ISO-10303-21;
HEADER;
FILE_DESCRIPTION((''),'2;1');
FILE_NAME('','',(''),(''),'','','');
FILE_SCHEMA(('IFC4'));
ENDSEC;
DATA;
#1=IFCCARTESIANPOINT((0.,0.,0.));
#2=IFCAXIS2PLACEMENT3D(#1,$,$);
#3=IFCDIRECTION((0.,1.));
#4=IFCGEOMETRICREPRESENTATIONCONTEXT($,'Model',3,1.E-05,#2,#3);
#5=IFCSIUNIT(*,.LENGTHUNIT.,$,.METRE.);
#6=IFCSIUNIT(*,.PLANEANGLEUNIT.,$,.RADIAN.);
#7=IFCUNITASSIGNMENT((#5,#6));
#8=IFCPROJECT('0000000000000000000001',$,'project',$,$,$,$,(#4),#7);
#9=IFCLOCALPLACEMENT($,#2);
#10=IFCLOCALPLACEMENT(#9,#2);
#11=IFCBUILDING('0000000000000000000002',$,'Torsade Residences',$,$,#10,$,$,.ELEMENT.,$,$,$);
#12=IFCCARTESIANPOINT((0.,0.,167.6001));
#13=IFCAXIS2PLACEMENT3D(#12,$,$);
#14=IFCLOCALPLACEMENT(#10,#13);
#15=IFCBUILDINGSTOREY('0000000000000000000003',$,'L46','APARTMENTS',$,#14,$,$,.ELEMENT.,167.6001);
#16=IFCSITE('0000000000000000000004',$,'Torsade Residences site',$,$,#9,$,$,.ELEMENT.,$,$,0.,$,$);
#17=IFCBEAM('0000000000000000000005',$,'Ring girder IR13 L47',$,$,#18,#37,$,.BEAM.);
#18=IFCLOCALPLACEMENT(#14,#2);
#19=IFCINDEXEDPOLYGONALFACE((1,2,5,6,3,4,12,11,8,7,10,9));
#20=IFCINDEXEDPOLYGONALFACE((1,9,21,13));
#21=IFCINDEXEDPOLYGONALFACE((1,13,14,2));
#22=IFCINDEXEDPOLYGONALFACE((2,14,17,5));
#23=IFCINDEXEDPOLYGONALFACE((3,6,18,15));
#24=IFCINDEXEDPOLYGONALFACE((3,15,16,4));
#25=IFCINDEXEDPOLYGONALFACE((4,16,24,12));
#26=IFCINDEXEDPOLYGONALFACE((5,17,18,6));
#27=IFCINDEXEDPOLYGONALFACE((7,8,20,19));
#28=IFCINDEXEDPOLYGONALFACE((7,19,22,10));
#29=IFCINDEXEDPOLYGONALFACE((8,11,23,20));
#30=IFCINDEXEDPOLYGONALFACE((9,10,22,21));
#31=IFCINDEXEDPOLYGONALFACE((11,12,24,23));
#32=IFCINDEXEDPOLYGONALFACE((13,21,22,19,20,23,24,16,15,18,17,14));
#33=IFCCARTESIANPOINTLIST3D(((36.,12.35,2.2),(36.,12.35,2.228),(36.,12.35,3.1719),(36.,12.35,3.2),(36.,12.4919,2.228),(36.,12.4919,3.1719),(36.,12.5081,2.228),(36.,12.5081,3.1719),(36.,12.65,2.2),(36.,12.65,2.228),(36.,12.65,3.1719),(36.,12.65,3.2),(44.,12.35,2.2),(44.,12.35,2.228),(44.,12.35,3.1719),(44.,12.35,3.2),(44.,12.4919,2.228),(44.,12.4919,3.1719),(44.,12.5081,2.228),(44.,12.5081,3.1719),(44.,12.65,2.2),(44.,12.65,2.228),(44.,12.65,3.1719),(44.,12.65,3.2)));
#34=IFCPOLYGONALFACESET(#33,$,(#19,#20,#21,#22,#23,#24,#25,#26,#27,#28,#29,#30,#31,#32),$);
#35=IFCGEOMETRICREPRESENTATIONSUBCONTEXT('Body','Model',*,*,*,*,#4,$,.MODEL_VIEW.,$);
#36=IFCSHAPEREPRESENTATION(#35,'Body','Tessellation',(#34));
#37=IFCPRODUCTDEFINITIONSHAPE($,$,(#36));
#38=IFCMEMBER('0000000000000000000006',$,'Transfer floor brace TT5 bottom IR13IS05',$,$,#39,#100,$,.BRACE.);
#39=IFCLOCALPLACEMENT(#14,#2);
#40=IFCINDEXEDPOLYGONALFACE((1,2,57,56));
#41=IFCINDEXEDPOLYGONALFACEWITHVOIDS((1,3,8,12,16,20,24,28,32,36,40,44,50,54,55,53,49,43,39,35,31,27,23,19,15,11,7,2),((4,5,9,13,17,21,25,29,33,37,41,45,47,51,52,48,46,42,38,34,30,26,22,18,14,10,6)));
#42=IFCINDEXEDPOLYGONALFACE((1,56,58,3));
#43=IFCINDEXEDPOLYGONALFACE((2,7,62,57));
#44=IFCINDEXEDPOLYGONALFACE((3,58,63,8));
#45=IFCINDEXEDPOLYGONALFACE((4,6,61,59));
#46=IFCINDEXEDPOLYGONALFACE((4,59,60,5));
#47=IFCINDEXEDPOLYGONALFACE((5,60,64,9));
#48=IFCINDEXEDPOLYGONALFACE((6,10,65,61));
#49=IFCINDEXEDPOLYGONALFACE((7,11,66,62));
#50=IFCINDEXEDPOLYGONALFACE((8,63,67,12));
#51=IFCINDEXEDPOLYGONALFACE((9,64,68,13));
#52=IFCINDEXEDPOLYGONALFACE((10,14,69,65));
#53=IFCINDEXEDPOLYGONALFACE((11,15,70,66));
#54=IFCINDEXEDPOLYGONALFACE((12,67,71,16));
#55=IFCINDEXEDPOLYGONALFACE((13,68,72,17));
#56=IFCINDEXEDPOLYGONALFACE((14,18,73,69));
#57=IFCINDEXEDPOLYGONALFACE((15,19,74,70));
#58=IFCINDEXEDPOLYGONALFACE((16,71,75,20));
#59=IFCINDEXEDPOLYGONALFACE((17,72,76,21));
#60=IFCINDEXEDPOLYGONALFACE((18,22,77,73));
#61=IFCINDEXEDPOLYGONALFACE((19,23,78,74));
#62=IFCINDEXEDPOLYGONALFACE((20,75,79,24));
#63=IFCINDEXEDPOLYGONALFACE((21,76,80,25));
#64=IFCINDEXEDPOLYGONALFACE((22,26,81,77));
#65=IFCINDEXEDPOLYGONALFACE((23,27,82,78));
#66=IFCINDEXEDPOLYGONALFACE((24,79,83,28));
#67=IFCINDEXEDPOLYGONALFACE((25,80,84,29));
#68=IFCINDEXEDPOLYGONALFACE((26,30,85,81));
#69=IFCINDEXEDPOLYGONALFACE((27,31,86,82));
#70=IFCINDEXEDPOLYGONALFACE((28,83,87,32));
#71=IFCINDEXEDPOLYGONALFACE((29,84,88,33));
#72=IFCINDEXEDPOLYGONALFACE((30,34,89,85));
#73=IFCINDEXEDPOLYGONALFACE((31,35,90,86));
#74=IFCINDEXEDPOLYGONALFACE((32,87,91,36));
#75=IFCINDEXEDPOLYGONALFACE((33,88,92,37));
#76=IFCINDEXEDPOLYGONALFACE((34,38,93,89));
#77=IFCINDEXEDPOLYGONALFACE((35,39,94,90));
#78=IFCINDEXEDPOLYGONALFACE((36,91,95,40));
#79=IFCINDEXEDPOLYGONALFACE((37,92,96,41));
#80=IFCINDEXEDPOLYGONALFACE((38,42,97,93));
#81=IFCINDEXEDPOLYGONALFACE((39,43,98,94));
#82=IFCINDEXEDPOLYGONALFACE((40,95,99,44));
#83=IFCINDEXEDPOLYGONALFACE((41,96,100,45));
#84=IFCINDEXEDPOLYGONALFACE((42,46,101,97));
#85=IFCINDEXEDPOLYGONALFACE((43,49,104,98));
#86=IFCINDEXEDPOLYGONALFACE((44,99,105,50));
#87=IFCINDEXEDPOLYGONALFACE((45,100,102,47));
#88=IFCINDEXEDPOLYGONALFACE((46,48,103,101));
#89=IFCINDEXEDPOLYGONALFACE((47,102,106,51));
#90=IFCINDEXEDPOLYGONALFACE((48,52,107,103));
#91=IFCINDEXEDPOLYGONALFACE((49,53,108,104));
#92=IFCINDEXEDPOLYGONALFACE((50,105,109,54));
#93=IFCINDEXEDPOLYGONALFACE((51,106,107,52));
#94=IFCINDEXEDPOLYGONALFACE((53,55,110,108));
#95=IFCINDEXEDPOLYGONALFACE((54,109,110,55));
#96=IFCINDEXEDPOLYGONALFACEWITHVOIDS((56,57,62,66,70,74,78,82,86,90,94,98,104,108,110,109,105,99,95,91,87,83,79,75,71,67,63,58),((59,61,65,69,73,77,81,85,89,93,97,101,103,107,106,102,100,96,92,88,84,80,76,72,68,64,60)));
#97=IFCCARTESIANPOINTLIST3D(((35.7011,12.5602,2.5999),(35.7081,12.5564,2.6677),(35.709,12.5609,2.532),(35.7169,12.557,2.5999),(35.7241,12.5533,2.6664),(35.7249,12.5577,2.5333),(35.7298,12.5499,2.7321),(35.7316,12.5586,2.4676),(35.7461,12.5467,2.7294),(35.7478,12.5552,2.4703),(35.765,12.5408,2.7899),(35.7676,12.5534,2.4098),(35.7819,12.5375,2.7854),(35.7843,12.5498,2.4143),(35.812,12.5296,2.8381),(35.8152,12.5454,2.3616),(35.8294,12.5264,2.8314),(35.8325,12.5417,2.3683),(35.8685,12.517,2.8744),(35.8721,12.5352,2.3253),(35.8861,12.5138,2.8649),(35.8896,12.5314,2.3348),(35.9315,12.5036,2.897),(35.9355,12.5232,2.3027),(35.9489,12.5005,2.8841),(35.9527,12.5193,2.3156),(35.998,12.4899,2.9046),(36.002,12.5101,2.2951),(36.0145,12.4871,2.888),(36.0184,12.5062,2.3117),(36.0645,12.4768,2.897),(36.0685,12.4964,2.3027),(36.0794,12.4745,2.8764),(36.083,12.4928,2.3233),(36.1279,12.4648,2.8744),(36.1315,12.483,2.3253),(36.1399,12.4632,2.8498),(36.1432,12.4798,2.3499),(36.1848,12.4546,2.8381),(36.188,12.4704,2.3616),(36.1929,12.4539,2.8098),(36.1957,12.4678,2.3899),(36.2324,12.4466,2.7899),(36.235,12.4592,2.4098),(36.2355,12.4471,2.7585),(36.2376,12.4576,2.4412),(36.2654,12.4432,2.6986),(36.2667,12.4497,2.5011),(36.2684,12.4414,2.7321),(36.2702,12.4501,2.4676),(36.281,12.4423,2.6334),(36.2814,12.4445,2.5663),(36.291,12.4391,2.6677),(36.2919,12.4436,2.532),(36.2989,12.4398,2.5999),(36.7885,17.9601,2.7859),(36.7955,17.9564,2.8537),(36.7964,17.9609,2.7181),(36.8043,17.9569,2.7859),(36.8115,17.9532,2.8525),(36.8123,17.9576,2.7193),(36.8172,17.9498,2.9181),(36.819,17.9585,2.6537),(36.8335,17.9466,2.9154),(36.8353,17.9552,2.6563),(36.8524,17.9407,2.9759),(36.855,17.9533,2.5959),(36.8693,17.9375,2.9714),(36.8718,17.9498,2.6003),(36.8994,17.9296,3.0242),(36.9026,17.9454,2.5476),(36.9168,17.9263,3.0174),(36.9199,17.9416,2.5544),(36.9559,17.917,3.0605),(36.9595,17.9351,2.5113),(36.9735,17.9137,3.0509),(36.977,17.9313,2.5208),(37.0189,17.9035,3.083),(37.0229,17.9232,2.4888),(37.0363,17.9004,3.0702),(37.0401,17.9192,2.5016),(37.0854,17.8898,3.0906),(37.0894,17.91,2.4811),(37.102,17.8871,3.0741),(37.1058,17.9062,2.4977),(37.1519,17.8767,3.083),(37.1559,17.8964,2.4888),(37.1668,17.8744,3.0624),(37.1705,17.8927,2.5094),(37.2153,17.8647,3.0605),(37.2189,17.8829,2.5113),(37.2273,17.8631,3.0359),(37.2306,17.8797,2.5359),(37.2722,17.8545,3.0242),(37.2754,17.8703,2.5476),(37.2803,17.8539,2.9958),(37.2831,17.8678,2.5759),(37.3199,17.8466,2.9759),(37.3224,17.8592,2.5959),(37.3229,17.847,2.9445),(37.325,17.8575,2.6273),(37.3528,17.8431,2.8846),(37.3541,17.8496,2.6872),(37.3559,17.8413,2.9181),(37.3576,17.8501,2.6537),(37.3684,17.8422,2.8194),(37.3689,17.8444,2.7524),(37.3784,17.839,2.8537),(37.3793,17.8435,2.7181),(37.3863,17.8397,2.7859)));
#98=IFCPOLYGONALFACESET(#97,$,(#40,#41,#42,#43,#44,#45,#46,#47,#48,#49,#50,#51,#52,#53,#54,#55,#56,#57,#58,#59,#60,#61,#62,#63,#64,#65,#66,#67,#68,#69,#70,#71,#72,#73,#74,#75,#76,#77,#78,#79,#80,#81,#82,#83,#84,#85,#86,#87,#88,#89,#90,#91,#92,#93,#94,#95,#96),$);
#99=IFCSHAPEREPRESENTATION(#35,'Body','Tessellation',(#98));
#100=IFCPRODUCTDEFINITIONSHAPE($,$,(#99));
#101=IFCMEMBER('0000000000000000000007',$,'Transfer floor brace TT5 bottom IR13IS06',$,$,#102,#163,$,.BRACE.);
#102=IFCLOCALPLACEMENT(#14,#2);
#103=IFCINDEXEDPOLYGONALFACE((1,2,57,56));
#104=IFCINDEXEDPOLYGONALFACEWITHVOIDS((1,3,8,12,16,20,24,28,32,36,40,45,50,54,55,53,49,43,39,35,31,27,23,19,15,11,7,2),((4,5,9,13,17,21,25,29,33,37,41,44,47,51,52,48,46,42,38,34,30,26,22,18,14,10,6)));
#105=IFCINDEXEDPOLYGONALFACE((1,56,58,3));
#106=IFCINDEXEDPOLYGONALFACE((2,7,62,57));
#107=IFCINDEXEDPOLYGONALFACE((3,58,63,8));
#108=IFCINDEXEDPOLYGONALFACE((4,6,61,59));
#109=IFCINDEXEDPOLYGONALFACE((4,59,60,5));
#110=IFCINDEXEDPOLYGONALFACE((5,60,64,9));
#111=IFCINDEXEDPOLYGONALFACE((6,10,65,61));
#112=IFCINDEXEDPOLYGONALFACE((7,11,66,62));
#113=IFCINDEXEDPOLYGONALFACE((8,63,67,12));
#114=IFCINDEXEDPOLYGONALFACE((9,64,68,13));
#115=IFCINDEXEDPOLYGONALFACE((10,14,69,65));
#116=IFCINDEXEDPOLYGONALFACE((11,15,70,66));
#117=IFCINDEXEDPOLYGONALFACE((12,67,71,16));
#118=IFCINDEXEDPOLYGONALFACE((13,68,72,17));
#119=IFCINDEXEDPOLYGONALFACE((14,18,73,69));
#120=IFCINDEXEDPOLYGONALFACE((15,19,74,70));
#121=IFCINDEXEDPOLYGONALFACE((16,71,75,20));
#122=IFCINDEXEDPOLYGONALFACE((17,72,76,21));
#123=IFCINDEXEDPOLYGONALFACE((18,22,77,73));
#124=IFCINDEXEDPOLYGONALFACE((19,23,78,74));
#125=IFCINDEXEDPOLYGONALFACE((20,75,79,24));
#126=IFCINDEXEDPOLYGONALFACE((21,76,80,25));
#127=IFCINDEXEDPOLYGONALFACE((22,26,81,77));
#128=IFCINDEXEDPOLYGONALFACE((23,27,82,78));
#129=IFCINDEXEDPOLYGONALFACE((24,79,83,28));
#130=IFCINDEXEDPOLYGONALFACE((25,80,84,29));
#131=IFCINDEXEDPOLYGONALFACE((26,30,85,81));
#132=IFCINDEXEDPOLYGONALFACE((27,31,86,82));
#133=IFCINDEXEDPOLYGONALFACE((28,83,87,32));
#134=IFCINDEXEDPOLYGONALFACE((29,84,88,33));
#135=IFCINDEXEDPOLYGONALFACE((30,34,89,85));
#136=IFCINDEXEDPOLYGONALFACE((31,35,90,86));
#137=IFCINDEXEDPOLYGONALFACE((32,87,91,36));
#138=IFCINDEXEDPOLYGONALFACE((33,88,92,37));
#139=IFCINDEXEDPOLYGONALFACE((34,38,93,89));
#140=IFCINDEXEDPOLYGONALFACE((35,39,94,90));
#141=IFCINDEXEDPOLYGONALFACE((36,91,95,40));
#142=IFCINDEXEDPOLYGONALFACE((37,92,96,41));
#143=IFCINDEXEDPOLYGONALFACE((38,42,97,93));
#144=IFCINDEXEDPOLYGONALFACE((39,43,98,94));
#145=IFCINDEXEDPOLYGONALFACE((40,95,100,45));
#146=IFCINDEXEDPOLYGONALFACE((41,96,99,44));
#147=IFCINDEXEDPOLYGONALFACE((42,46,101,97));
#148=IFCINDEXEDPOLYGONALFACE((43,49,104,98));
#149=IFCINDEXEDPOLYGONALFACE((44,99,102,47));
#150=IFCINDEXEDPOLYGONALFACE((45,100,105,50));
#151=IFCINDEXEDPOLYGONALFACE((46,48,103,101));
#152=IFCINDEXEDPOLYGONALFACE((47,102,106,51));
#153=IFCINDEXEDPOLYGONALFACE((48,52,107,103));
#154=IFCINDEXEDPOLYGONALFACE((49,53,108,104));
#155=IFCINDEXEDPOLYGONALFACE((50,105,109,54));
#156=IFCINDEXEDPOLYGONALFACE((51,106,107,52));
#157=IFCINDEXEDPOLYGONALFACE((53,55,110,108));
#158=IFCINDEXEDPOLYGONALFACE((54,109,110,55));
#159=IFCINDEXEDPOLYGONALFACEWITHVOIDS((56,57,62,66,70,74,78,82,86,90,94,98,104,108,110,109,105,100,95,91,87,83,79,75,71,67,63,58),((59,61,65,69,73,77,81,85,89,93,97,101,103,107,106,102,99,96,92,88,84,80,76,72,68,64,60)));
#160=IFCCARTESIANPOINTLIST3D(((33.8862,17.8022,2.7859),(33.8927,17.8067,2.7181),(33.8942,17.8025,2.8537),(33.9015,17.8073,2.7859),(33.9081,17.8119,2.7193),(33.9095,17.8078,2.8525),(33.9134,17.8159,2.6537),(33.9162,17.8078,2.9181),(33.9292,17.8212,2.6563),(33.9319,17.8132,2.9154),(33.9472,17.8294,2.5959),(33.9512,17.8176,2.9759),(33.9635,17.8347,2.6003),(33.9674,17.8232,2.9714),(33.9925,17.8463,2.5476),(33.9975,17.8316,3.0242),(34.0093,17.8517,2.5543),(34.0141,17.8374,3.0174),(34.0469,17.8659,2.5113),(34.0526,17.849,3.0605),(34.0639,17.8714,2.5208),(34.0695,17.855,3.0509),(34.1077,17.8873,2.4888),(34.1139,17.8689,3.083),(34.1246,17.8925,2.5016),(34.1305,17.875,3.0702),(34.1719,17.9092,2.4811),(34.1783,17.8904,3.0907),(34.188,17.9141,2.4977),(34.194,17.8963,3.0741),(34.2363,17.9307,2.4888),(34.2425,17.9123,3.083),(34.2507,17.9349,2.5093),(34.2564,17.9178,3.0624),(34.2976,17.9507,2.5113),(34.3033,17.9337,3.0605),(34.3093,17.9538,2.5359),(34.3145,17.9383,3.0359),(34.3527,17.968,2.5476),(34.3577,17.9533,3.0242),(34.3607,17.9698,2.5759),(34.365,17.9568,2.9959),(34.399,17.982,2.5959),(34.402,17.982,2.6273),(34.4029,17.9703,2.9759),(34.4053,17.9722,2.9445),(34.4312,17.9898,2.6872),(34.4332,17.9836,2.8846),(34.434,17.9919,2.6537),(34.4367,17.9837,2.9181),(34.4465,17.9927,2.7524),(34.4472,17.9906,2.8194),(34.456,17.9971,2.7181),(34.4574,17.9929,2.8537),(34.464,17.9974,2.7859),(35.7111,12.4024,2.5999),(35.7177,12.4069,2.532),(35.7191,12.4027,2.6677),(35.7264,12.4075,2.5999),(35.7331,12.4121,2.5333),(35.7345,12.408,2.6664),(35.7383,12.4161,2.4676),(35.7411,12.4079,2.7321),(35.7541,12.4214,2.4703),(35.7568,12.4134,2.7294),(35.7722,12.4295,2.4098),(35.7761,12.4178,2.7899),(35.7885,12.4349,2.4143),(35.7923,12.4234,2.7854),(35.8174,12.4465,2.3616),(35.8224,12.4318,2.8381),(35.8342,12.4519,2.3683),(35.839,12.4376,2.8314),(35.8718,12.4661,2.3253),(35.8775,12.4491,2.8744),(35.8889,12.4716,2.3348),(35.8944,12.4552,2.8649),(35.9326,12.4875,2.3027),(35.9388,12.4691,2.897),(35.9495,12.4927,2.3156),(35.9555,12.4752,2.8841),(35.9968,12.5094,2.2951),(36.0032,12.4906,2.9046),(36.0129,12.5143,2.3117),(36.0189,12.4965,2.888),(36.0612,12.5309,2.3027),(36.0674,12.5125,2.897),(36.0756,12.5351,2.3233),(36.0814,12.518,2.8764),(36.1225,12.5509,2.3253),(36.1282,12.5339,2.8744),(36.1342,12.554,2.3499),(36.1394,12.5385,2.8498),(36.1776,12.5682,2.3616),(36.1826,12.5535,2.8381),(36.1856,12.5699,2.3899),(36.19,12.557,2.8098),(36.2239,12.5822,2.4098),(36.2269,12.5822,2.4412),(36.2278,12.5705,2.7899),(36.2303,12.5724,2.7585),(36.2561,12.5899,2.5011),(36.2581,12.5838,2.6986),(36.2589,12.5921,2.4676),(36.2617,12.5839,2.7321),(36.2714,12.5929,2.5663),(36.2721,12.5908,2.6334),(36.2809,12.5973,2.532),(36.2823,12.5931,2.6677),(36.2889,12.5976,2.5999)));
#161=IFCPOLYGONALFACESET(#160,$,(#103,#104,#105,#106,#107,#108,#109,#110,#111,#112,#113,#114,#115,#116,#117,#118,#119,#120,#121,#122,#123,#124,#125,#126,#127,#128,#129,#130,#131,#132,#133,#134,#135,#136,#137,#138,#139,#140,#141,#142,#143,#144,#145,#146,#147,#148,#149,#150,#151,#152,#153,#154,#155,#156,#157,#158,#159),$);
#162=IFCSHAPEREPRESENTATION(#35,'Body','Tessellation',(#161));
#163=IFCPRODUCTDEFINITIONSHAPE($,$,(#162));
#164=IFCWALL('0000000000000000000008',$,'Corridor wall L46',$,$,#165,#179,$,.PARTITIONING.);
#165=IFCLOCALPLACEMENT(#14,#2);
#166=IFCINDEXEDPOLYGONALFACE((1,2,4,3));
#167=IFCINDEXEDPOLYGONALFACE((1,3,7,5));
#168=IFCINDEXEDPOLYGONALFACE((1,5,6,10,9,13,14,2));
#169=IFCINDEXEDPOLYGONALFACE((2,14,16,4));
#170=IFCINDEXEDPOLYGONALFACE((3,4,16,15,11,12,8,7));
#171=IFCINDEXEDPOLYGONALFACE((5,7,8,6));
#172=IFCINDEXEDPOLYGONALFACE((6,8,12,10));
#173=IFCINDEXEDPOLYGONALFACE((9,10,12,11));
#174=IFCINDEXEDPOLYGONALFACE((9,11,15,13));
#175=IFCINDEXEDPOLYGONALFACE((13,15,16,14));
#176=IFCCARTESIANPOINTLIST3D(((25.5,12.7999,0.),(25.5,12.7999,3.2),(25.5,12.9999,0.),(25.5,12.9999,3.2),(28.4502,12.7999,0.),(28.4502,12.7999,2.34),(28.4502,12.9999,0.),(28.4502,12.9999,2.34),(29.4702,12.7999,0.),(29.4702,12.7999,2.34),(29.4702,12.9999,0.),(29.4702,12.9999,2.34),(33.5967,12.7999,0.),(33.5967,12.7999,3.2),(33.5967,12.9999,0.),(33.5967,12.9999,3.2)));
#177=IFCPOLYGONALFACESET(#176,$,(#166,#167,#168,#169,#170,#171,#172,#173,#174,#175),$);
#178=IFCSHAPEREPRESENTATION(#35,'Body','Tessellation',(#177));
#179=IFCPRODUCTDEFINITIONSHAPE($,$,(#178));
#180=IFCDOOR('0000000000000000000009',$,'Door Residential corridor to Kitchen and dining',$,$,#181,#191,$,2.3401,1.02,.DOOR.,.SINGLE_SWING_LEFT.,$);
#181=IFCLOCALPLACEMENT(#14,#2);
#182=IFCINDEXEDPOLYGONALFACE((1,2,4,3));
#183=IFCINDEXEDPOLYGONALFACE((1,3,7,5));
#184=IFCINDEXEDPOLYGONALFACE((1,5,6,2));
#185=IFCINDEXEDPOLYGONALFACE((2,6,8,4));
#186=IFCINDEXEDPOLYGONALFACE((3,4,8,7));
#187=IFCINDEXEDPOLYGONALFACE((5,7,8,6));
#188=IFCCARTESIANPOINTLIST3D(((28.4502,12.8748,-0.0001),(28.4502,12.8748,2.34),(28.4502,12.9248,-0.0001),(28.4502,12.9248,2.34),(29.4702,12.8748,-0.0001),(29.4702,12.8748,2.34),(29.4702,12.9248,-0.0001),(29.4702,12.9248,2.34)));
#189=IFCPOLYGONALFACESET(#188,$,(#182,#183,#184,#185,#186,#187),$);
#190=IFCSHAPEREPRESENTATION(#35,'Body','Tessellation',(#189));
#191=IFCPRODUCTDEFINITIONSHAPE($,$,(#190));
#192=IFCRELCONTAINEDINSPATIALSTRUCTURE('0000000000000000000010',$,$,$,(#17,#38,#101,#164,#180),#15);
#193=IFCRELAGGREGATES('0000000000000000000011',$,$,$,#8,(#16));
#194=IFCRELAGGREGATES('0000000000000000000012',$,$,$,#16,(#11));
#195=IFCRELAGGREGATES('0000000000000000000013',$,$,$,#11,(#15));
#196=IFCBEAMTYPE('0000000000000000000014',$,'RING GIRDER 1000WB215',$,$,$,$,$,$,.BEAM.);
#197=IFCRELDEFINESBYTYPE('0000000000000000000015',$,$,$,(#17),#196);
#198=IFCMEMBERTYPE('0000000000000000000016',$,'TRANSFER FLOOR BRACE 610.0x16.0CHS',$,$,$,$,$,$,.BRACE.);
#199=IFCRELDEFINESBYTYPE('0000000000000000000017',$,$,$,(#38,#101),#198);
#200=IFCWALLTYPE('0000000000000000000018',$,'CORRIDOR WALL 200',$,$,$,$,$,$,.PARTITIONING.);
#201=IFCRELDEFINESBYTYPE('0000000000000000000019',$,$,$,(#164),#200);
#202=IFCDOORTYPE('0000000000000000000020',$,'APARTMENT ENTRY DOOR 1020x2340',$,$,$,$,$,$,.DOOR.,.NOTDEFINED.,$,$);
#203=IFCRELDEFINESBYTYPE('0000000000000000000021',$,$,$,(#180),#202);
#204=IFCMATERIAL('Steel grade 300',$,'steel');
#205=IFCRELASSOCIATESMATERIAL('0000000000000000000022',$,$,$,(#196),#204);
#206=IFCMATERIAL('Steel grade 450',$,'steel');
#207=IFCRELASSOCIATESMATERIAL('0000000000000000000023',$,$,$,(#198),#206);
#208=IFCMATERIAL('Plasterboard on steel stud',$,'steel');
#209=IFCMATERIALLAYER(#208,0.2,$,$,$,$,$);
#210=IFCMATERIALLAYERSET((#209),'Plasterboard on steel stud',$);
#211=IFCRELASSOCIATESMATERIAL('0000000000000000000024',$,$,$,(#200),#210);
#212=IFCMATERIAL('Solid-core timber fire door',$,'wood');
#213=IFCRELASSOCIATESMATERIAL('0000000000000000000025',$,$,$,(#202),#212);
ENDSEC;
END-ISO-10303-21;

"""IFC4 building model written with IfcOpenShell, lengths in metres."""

from ifc_helpers import new_model, si_unit, direction, frame, frame_2d, origin, origin_2d, place, context, subcontext, project, spatial, rectangle, hollow_circle, i_section, extrude, material, layer, layer_set, material_profile, profile_set, type_object, element, fill, save


model = new_model("IFC4")

# Units and contexts
model_context = context("Model", 3, precision=1e-05, world=origin(), true_north=direction((0.0, 1.0)))
body_context = subcontext(model_context, "Body", "Model", "MODEL_VIEW")
ifc_project = project(units=[si_unit("LENGTHUNIT", "METRE"), si_unit("PLANEANGLEUNIT", "RADIAN")], contexts=[model_context])

# Site, building, storey
site_placement = place(None, origin())
site = spatial("IfcSite", under=ifc_project, at=site_placement, Name="Torsade Residences site", CompositionType="ELEMENT", RefElevation=0.0)
building_placement = place(site_placement, origin())
building = spatial("IfcBuilding", under=site, at=building_placement, Name="Torsade Residences", CompositionType="ELEMENT")
storey_placement = place(building_placement, frame((0.0, 0.0, 167.6001)))
storey = spatial("IfcBuildingStorey", under=building, at=storey_placement, Name="L46", Description="APARTMENTS", CompositionType="ELEMENT", Elevation=167.6001)

# Beam
ifc_material_1 = material(Name="Steel grade 300", Category="steel")
ifc_material_profile_1 = material_profile(ifc_material_1, i_section(OverallWidth=0.3, OverallDepth=1.0, WebThickness=0.0161, FlangeThickness=0.0281, at=origin_2d()), Name="1000WB215")
ifc_profile_set_1 = profile_set([ifc_material_profile_1], Name="Steel grade 300")
beam_type_1 = type_object("IfcBeamType", Name="RING GIRDER 1000WB215", PredefinedType="BEAM", material=ifc_profile_set_1)
beam_1_placement = place(storey_placement, frame((36.0, 12.5, 2.7), z_axis=(1.0, 0.0, 0.0), x_axis=(0.0, 1.0, 0.0)))
element("IfcBeam", 1, at=beam_1_placement, inside=storey, type_object=beam_type_1, Name="Ring girder IR13 L47", PredefinedType="BEAM", context=body_context, shape_type="SweptSolid", body=[
    extrude(i_section(OverallWidth=0.3, OverallDepth=1.0, WebThickness=0.0161, FlangeThickness=0.0281, at=origin_2d()), origin(), (0.0, 0.0, 1.0), 8.0),
])

# Members
ifc_material_2 = material(Name="Steel grade 450", Category="steel")
ifc_material_profile_2 = material_profile(ifc_material_2, hollow_circle(Radius=0.3049, WallThickness=0.0161, at=origin_2d()), Name="610.0x16.0CHS")
ifc_profile_set_2 = profile_set([ifc_material_profile_2], Name="Steel grade 450")
member_type = type_object("IfcMemberType", Name="TRANSFER FLOOR BRACE 610.0x16.0CHS", PredefinedType="BRACE", material=ifc_profile_set_2)
member_1_placement = place(storey_placement, frame((36.0, 12.5, 2.5999), z_axis=(0.197299, 0.979762, 0.033754), x_axis=(-0.980321, 0.197412, 0.0)))
element("IfcMember", 2, at=member_1_placement, inside=storey, type_object=member_type, Name="Transfer floor brace TT5 bottom IR13IS05", PredefinedType="BRACE", context=body_context, shape_type="SweptSolid", body=[
    extrude(hollow_circle(Radius=0.3049, WallThickness=0.0161, at=origin_2d()), origin(), (0.0, 0.0, 1.0), 5.5115),
])
member_2_placement = place(storey_placement, frame((36.0, 12.5, 2.5999), z_axis=(-0.319999, 0.946856, 0.032621), x_axis=(-0.94736, -0.32017, 0.0)))
element("IfcMember", 3, at=member_2_placement, inside=storey, type_object=member_type, Name="Transfer floor brace TT5 bottom IR13IS06", PredefinedType="BRACE", context=body_context, shape_type="SweptSolid", body=[
    extrude(hollow_circle(Radius=0.3049, WallThickness=0.0161, at=origin_2d()), origin(), (0.0, 0.0, 1.0), 5.7029),
])

# Wall, opening, door
ifc_material_3 = material(Name="Plasterboard on steel stud", Category="steel")
ifc_layer_1 = layer(ifc_material_3, 0.2)
ifc_layer_set_1 = layer_set([ifc_layer_1], Name="Plasterboard on steel stud")
wall_type_1 = type_object("IfcWallType", Name="CORRIDOR WALL 200", PredefinedType="PARTITIONING", material=ifc_layer_set_1)
wall_1_placement = place(storey_placement, frame((25.5, 12.8999, 0.0), z_axis=(0.0, 0.0, 1.0), x_axis=(1.0, 0.0, 0.0)))
wall_1 = element("IfcWall", 4, at=wall_1_placement, inside=storey, type_object=wall_type_1, Name="Corridor wall L46", PredefinedType="PARTITIONING", context=body_context, shape_type="SweptSolid", body=[
    extrude(rectangle(XDim=8.0967, YDim=0.2, at=frame_2d((4.0483, 0.0))), origin(), (0.0, 0.0, 1.0), 3.2),
])
opening_1_placement = place(wall_1_placement, frame((2.9502, 0.0, 0.0)))
opening_1 = element("IfcOpeningElement", 5, at=opening_1_placement, cuts=wall_1, PredefinedType="OPENING", context=body_context, shape_type="SweptSolid", body=[
    extrude(rectangle(XDim=1.02, YDim=2.3401, at=frame_2d((0.51, 1.1699))), frame((0.0, 0.1099, 0.0), z_axis=(0.0, -1.0, 0.0), x_axis=(1.0, 0.0, 0.0)), (0.0, 0.0, 1.0), 0.22),
])
ifc_material_4 = material(Name="Solid-core timber fire door", Category="wood")
door_type_1 = type_object("IfcDoorType", Name="APARTMENT ENTRY DOOR 1020x2340", OperationType="NOTDEFINED", PredefinedType="DOOR", material=ifc_material_4)
door_1_placement = place(opening_1_placement, origin())
door_1 = element("IfcDoor", 6, at=door_1_placement, inside=storey, type_object=door_type_1, Name="Door Residential corridor to Kitchen and dining", OperationType="SINGLE_SWING_LEFT", OverallHeight=2.3401, OverallWidth=1.02, PredefinedType="DOOR", context=body_context, shape_type="SweptSolid", body=[
    extrude(rectangle(XDim=1.02, YDim=2.3401, at=frame_2d((0.51, 1.1699))), frame((0.0, 0.0249, 0.0), z_axis=(0.0, -1.0, 0.0), x_axis=(1.0, 0.0, 0.0)), (0.0, 0.0, 1.0), 0.05),
])
fill(opening_1, door_1)

save(model, "model.ifc")
